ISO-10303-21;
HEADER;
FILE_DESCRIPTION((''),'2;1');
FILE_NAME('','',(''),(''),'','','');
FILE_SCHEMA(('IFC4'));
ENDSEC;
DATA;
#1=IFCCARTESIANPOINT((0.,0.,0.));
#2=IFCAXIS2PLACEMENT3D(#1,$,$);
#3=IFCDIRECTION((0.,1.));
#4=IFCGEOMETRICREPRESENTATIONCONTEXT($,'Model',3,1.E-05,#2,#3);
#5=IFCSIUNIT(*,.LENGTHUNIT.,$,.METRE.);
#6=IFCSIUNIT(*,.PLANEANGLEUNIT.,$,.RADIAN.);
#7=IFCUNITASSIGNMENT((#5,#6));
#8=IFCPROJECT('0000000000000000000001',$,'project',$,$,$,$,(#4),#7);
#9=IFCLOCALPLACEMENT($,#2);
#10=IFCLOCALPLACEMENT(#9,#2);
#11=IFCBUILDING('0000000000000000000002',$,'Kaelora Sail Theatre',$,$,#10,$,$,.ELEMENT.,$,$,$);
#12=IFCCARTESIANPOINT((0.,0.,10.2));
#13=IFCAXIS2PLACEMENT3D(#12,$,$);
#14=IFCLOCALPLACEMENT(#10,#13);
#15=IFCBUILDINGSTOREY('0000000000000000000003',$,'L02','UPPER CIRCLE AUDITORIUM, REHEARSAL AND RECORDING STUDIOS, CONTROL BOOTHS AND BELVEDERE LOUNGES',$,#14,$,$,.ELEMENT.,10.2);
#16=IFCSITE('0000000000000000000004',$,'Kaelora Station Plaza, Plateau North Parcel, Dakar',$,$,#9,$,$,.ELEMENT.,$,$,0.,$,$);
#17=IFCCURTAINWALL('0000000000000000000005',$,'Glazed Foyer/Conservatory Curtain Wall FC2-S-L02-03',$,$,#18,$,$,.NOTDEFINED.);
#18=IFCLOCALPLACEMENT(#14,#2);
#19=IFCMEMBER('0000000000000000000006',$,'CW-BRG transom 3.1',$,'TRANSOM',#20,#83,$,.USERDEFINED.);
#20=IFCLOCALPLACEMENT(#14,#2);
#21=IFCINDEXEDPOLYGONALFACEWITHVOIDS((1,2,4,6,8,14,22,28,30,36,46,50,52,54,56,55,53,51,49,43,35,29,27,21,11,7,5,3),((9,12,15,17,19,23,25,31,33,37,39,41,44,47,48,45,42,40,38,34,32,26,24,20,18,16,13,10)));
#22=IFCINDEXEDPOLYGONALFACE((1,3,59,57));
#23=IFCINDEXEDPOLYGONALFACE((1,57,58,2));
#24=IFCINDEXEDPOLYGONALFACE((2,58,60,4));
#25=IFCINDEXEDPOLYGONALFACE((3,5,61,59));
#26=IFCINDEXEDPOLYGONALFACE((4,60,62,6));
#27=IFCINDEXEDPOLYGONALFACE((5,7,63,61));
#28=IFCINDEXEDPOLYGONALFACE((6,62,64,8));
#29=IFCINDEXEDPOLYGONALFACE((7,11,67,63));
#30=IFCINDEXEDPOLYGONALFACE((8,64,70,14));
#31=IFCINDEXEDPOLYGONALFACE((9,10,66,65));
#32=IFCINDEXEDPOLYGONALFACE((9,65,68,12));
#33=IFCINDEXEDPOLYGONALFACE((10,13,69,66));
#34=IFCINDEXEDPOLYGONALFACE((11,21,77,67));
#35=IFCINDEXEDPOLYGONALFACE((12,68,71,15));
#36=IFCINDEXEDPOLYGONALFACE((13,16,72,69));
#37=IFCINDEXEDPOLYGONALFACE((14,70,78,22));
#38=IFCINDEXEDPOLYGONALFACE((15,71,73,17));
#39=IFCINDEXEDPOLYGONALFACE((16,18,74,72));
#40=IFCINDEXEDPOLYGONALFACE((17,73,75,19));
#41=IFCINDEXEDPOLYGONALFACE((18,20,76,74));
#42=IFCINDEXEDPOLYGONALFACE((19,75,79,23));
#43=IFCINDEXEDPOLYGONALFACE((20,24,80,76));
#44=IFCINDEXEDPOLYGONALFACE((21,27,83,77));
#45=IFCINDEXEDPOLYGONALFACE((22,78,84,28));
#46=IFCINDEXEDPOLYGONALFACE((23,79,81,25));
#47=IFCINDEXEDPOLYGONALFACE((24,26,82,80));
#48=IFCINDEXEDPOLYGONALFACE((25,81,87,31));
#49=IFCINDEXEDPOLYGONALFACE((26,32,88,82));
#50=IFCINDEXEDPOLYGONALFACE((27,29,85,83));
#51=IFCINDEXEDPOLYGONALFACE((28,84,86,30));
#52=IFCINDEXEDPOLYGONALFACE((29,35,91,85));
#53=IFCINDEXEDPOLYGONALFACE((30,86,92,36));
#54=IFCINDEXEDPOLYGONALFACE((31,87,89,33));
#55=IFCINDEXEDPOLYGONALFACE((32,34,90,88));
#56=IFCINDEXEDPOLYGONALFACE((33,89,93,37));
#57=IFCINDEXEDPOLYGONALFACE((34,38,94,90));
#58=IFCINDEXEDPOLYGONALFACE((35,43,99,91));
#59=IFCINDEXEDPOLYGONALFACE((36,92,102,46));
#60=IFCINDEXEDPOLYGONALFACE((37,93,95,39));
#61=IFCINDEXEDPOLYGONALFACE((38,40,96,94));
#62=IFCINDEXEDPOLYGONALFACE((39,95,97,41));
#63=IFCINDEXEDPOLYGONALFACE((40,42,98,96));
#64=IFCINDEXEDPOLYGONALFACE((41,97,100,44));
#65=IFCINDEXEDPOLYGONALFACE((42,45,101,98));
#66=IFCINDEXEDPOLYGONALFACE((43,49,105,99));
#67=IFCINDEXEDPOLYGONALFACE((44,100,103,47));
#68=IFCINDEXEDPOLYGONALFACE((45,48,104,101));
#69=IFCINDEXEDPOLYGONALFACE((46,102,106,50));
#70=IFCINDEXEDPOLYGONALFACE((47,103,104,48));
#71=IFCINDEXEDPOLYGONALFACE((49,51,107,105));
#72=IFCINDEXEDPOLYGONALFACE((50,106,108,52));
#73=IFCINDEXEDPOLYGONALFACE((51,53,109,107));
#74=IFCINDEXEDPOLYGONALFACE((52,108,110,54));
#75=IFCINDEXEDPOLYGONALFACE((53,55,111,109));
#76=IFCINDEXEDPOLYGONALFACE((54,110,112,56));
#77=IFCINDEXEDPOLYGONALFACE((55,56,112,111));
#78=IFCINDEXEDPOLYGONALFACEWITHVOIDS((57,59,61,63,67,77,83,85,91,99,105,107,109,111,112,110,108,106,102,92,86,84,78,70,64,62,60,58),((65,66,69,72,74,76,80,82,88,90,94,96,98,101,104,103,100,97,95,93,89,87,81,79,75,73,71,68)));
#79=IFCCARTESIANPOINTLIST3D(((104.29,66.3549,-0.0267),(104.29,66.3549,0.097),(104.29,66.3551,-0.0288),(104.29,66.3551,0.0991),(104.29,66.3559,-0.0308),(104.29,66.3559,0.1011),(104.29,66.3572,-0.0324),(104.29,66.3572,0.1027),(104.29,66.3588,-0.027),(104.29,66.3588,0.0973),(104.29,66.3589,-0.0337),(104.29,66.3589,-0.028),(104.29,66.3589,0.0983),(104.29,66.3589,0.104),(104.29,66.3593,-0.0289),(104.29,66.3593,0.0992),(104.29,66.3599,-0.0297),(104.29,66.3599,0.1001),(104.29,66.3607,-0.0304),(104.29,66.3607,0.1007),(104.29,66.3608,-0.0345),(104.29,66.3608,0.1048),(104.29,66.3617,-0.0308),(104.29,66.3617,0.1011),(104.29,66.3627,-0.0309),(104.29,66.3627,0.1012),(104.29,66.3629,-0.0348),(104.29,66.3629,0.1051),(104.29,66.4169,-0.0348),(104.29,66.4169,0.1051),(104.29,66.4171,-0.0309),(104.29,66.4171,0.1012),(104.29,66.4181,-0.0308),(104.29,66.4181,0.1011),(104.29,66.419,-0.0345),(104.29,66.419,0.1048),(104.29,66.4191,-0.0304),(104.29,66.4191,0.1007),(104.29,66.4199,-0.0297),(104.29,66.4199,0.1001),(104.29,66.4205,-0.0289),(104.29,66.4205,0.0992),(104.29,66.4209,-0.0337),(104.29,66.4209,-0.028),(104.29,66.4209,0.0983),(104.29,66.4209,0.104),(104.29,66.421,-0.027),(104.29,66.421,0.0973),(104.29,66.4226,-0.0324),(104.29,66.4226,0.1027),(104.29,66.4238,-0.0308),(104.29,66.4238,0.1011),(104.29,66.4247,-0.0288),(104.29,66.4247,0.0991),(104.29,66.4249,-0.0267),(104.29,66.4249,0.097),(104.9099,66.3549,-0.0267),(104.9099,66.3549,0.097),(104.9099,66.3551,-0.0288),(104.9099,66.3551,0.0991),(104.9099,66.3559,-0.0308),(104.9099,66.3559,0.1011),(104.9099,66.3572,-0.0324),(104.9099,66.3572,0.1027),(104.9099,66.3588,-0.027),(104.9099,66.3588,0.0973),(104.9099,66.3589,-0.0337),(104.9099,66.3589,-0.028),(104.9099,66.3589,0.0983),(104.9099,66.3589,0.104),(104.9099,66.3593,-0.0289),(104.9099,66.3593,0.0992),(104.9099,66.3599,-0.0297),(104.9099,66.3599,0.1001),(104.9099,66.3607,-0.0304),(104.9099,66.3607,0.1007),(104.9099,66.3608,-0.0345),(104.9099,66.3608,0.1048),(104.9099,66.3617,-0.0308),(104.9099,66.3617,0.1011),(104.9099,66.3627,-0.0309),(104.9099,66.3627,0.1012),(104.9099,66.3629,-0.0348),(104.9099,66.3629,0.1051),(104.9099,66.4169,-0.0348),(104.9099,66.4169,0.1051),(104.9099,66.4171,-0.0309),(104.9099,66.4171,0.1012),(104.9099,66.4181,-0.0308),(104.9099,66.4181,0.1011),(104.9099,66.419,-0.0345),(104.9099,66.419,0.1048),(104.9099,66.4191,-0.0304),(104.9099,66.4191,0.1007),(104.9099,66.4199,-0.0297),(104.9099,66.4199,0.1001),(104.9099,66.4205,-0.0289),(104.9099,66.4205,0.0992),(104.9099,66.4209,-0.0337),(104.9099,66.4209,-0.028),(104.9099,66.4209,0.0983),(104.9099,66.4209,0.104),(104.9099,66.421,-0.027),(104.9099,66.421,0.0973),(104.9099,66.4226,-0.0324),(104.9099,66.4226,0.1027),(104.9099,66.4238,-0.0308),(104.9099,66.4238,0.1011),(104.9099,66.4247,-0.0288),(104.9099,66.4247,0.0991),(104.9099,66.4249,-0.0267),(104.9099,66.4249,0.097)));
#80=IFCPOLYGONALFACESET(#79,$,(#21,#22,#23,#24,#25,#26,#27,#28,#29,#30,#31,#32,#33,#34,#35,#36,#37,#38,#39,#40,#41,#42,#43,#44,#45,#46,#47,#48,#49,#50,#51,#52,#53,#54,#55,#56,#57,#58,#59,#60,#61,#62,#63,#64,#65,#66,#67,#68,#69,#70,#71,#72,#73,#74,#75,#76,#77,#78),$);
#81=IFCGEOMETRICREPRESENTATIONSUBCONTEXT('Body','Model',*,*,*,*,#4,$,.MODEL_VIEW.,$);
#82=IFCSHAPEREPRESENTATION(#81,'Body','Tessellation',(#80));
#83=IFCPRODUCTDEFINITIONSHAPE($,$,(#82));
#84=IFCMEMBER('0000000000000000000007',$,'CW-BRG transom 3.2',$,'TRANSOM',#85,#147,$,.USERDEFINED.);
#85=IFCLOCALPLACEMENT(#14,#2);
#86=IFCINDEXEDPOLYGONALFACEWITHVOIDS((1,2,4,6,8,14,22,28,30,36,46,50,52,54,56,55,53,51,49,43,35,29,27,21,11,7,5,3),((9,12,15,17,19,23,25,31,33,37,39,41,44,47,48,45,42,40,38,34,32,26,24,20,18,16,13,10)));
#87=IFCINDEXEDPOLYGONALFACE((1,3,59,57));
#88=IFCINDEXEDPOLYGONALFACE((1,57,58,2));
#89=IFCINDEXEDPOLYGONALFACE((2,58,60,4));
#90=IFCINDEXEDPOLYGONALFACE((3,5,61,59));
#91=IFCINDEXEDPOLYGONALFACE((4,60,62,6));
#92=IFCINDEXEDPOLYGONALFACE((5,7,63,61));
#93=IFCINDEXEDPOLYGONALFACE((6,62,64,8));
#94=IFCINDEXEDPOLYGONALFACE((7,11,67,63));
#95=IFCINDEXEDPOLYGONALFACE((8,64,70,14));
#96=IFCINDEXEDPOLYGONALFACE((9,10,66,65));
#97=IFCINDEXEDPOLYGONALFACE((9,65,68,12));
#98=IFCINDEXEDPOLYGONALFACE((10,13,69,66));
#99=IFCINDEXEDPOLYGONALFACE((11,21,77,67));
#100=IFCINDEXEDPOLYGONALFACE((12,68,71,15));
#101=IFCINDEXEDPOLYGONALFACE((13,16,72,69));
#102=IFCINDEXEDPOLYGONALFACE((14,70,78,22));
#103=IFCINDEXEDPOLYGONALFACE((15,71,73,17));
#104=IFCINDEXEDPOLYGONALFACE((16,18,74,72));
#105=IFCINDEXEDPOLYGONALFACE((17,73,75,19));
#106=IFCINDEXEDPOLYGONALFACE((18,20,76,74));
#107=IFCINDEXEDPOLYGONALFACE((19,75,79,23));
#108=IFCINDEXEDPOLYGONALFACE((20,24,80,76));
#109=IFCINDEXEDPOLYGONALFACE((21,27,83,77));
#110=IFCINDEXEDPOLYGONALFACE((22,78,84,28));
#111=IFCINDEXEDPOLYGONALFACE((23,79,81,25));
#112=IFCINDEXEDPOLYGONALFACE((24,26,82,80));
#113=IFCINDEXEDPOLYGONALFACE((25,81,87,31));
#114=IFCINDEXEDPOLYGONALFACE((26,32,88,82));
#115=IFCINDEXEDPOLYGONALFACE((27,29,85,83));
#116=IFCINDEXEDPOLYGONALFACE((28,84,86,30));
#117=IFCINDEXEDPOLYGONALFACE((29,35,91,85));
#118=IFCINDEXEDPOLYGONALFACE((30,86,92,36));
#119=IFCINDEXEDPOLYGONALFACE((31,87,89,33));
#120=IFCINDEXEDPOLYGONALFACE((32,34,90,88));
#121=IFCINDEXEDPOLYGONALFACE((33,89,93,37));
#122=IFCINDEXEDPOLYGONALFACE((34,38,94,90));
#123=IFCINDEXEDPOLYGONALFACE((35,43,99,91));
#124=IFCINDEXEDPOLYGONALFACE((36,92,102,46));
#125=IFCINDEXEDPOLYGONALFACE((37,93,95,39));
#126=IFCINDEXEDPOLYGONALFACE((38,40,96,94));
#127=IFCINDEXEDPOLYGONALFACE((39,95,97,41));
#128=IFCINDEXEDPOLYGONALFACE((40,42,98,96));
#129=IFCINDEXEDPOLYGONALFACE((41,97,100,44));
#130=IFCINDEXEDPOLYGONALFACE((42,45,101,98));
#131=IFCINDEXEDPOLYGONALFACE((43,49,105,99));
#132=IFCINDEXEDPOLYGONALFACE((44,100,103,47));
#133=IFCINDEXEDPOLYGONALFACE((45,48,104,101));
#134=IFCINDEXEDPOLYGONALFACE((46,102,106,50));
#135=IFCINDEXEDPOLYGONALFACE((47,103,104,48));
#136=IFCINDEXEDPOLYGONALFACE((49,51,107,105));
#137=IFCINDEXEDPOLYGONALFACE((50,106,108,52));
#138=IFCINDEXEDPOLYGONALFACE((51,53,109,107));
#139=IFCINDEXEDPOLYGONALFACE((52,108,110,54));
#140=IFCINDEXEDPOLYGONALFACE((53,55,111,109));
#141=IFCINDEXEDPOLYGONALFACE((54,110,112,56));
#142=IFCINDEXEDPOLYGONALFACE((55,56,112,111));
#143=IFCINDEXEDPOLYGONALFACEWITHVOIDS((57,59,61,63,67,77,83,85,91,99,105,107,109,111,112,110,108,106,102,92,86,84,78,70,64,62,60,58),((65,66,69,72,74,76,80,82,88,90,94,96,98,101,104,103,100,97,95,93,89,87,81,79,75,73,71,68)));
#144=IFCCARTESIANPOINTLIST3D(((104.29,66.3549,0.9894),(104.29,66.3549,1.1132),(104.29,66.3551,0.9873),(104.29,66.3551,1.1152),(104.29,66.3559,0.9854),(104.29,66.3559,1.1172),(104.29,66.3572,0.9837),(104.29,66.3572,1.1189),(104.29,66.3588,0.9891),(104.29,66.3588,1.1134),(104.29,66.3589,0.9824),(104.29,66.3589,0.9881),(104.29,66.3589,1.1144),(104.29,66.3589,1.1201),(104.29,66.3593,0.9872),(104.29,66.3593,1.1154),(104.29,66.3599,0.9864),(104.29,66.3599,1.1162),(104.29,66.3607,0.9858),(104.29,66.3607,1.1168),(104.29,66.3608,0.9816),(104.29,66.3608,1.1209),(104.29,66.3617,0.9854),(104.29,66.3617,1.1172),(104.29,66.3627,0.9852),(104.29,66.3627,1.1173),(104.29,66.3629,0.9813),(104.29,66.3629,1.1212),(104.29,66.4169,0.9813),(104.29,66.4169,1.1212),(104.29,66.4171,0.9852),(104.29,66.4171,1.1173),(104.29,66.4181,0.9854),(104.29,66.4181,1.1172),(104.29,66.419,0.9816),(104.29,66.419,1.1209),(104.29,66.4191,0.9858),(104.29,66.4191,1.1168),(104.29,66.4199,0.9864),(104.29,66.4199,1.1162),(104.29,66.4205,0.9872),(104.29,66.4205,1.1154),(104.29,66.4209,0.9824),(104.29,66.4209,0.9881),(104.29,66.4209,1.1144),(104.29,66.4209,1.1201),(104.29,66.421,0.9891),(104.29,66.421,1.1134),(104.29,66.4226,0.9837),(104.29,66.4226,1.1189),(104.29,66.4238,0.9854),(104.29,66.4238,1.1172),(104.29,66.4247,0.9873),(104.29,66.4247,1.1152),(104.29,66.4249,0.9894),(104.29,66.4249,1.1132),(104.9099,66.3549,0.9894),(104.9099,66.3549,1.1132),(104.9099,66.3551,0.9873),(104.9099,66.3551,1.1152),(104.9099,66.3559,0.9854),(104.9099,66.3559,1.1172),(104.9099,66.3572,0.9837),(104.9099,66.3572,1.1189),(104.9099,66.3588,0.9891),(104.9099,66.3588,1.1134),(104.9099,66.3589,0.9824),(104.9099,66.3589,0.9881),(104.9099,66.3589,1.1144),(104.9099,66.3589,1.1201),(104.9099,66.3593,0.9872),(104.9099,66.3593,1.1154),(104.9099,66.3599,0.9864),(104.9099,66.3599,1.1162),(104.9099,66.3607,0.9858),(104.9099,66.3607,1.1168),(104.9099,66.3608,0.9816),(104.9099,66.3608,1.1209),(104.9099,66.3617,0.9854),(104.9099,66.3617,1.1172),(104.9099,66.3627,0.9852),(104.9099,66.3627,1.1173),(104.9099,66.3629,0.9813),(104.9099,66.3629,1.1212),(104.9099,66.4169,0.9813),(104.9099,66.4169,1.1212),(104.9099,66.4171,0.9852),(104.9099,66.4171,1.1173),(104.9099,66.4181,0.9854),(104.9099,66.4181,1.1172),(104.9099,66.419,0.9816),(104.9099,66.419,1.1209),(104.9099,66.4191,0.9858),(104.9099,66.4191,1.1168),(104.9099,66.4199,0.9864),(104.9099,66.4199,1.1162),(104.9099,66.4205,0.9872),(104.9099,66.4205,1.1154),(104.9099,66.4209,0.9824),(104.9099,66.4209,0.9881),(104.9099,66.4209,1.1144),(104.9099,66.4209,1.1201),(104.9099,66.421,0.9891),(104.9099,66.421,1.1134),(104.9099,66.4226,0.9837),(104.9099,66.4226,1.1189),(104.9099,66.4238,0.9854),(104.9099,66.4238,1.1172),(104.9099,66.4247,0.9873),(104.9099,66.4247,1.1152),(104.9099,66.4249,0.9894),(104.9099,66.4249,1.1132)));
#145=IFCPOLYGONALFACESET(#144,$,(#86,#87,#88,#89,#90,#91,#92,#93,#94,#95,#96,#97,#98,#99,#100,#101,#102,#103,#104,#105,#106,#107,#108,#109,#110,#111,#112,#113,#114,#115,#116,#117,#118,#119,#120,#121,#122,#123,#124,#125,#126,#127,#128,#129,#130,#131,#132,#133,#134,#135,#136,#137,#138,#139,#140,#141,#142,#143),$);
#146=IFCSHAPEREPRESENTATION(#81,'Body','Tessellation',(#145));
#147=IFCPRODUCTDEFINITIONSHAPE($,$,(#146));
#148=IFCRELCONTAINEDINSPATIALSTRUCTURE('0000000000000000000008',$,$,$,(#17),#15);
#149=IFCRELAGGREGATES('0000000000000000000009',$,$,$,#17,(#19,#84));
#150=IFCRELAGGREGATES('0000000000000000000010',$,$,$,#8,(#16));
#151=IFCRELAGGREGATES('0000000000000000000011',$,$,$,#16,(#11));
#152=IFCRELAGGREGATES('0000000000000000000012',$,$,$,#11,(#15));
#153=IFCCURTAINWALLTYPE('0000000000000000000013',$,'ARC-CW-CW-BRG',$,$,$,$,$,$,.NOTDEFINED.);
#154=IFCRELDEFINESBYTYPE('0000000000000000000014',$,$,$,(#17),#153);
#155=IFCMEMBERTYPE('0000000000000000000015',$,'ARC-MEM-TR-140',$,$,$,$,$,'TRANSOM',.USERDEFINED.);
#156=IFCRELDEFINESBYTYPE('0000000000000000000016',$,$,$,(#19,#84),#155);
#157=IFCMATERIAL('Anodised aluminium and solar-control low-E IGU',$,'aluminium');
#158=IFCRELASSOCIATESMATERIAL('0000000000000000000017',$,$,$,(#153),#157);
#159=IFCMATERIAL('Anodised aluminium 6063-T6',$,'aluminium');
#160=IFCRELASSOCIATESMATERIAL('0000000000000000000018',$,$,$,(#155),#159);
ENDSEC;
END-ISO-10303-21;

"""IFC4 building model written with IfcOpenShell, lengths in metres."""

from ifc_helpers import new_model, si_unit, direction, frame, origin, origin_2d, place, context, subcontext, project, spatial, hollow_rectangle, extrude, material, material_profile, profile_set, type_object, element, aggregate, save


model = new_model("IFC4")

# Units and contexts
model_context = context("Model", 3, precision=1e-05, world=origin(), true_north=direction((0.0, 1.0)))
body_context = subcontext(model_context, "Body", "Model", "MODEL_VIEW")
ifc_project = project(units=[si_unit("LENGTHUNIT", "METRE"), si_unit("PLANEANGLEUNIT", "RADIAN")], contexts=[model_context])

# Site, building, storey
site_placement = place(None, origin())
site = spatial("IfcSite", under=ifc_project, at=site_placement, Name="Kaelora Station Plaza, Plateau North Parcel, Dakar", CompositionType="ELEMENT", RefElevation=0.0)
building_placement = place(site_placement, origin())
building = spatial("IfcBuilding", under=site, at=building_placement, Name="Kaelora Sail Theatre", CompositionType="ELEMENT")
storey_placement = place(building_placement, frame((0.0, 0.0, 10.2)))
storey = spatial("IfcBuildingStorey", under=building, at=storey_placement, Name="L02", Description="UPPER CIRCLE AUDITORIUM, REHEARSAL AND RECORDING STUDIOS, CONTROL BOOTHS AND BELVEDERE LOUNGES", CompositionType="ELEMENT", Elevation=10.2)

# Curtain wall, members
ifc_material_1 = material(Name="Anodised aluminium and solar-control low-E IGU", Category="aluminium")
curtain_wall_type = type_object("IfcCurtainWallType", Name="ARC-CW-CW-BRG", PredefinedType="NOTDEFINED", material=ifc_material_1)
curtain_wall_placement = place(storey_placement, origin())
curtain_wall = element("IfcCurtainWall", 1, at=curtain_wall_placement, inside=storey, type_object=curtain_wall_type, Name="Glazed Foyer/Conservatory Curtain Wall FC2-S-L02-03", PredefinedType="NOTDEFINED")
ifc_material_2 = material(Name="Anodised aluminium 6063-T6", Category="aluminium")
ifc_material_profile_1 = material_profile(ifc_material_2, hollow_rectangle(XDim=0.0701, YDim=0.1399, WallThickness=0.0039, InnerFilletRadius=0.0039, OuterFilletRadius=0.0081, at=origin_2d()), Name="ALU-TRAN 70x140x4")
ifc_profile_set_1 = profile_set([ifc_material_profile_1], Name="Anodised aluminium 6063-T6")
member_type_1 = type_object("IfcMemberType", Name="ARC-MEM-TR-140", ElementType="TRANSOM", PredefinedType="USERDEFINED", material=ifc_profile_set_1)
member_1_placement = place(storey_placement, frame((104.29, 66.3899, 0.0352), z_axis=(1.0, 0.0, 0.0), x_axis=(0.0, 1.0, 0.0)))
member_1 = element("IfcMember", 2, at=member_1_placement, type_object=member_type_1, Name="CW-BRG transom 3.1", ObjectType="TRANSOM", PredefinedType="USERDEFINED", context=body_context, shape_type="SweptSolid", body=[
    extrude(hollow_rectangle(XDim=0.0701, YDim=0.1399, WallThickness=0.0039, InnerFilletRadius=0.0039, OuterFilletRadius=0.0081, at=origin_2d()), origin(), (0.0, 0.0, 1.0), 0.6199),
])
member_2_placement = place(storey_placement, frame((104.29, 66.3899, 1.0513), z_axis=(1.0, 0.0, 0.0), x_axis=(0.0, 1.0, 0.0)))
member_2 = element("IfcMember", 3, at=member_2_placement, type_object=member_type_1, Name="CW-BRG transom 3.2", ObjectType="TRANSOM", PredefinedType="USERDEFINED", context=body_context, shape_type="SweptSolid", body=[
    extrude(hollow_rectangle(XDim=0.0701, YDim=0.1399, WallThickness=0.0039, InnerFilletRadius=0.0039, OuterFilletRadius=0.0081, at=origin_2d()), origin(), (0.0, 0.0, 1.0), 0.6199),
])
aggregate(curtain_wall, [member_1, member_2])

save(model, "model.ifc")
